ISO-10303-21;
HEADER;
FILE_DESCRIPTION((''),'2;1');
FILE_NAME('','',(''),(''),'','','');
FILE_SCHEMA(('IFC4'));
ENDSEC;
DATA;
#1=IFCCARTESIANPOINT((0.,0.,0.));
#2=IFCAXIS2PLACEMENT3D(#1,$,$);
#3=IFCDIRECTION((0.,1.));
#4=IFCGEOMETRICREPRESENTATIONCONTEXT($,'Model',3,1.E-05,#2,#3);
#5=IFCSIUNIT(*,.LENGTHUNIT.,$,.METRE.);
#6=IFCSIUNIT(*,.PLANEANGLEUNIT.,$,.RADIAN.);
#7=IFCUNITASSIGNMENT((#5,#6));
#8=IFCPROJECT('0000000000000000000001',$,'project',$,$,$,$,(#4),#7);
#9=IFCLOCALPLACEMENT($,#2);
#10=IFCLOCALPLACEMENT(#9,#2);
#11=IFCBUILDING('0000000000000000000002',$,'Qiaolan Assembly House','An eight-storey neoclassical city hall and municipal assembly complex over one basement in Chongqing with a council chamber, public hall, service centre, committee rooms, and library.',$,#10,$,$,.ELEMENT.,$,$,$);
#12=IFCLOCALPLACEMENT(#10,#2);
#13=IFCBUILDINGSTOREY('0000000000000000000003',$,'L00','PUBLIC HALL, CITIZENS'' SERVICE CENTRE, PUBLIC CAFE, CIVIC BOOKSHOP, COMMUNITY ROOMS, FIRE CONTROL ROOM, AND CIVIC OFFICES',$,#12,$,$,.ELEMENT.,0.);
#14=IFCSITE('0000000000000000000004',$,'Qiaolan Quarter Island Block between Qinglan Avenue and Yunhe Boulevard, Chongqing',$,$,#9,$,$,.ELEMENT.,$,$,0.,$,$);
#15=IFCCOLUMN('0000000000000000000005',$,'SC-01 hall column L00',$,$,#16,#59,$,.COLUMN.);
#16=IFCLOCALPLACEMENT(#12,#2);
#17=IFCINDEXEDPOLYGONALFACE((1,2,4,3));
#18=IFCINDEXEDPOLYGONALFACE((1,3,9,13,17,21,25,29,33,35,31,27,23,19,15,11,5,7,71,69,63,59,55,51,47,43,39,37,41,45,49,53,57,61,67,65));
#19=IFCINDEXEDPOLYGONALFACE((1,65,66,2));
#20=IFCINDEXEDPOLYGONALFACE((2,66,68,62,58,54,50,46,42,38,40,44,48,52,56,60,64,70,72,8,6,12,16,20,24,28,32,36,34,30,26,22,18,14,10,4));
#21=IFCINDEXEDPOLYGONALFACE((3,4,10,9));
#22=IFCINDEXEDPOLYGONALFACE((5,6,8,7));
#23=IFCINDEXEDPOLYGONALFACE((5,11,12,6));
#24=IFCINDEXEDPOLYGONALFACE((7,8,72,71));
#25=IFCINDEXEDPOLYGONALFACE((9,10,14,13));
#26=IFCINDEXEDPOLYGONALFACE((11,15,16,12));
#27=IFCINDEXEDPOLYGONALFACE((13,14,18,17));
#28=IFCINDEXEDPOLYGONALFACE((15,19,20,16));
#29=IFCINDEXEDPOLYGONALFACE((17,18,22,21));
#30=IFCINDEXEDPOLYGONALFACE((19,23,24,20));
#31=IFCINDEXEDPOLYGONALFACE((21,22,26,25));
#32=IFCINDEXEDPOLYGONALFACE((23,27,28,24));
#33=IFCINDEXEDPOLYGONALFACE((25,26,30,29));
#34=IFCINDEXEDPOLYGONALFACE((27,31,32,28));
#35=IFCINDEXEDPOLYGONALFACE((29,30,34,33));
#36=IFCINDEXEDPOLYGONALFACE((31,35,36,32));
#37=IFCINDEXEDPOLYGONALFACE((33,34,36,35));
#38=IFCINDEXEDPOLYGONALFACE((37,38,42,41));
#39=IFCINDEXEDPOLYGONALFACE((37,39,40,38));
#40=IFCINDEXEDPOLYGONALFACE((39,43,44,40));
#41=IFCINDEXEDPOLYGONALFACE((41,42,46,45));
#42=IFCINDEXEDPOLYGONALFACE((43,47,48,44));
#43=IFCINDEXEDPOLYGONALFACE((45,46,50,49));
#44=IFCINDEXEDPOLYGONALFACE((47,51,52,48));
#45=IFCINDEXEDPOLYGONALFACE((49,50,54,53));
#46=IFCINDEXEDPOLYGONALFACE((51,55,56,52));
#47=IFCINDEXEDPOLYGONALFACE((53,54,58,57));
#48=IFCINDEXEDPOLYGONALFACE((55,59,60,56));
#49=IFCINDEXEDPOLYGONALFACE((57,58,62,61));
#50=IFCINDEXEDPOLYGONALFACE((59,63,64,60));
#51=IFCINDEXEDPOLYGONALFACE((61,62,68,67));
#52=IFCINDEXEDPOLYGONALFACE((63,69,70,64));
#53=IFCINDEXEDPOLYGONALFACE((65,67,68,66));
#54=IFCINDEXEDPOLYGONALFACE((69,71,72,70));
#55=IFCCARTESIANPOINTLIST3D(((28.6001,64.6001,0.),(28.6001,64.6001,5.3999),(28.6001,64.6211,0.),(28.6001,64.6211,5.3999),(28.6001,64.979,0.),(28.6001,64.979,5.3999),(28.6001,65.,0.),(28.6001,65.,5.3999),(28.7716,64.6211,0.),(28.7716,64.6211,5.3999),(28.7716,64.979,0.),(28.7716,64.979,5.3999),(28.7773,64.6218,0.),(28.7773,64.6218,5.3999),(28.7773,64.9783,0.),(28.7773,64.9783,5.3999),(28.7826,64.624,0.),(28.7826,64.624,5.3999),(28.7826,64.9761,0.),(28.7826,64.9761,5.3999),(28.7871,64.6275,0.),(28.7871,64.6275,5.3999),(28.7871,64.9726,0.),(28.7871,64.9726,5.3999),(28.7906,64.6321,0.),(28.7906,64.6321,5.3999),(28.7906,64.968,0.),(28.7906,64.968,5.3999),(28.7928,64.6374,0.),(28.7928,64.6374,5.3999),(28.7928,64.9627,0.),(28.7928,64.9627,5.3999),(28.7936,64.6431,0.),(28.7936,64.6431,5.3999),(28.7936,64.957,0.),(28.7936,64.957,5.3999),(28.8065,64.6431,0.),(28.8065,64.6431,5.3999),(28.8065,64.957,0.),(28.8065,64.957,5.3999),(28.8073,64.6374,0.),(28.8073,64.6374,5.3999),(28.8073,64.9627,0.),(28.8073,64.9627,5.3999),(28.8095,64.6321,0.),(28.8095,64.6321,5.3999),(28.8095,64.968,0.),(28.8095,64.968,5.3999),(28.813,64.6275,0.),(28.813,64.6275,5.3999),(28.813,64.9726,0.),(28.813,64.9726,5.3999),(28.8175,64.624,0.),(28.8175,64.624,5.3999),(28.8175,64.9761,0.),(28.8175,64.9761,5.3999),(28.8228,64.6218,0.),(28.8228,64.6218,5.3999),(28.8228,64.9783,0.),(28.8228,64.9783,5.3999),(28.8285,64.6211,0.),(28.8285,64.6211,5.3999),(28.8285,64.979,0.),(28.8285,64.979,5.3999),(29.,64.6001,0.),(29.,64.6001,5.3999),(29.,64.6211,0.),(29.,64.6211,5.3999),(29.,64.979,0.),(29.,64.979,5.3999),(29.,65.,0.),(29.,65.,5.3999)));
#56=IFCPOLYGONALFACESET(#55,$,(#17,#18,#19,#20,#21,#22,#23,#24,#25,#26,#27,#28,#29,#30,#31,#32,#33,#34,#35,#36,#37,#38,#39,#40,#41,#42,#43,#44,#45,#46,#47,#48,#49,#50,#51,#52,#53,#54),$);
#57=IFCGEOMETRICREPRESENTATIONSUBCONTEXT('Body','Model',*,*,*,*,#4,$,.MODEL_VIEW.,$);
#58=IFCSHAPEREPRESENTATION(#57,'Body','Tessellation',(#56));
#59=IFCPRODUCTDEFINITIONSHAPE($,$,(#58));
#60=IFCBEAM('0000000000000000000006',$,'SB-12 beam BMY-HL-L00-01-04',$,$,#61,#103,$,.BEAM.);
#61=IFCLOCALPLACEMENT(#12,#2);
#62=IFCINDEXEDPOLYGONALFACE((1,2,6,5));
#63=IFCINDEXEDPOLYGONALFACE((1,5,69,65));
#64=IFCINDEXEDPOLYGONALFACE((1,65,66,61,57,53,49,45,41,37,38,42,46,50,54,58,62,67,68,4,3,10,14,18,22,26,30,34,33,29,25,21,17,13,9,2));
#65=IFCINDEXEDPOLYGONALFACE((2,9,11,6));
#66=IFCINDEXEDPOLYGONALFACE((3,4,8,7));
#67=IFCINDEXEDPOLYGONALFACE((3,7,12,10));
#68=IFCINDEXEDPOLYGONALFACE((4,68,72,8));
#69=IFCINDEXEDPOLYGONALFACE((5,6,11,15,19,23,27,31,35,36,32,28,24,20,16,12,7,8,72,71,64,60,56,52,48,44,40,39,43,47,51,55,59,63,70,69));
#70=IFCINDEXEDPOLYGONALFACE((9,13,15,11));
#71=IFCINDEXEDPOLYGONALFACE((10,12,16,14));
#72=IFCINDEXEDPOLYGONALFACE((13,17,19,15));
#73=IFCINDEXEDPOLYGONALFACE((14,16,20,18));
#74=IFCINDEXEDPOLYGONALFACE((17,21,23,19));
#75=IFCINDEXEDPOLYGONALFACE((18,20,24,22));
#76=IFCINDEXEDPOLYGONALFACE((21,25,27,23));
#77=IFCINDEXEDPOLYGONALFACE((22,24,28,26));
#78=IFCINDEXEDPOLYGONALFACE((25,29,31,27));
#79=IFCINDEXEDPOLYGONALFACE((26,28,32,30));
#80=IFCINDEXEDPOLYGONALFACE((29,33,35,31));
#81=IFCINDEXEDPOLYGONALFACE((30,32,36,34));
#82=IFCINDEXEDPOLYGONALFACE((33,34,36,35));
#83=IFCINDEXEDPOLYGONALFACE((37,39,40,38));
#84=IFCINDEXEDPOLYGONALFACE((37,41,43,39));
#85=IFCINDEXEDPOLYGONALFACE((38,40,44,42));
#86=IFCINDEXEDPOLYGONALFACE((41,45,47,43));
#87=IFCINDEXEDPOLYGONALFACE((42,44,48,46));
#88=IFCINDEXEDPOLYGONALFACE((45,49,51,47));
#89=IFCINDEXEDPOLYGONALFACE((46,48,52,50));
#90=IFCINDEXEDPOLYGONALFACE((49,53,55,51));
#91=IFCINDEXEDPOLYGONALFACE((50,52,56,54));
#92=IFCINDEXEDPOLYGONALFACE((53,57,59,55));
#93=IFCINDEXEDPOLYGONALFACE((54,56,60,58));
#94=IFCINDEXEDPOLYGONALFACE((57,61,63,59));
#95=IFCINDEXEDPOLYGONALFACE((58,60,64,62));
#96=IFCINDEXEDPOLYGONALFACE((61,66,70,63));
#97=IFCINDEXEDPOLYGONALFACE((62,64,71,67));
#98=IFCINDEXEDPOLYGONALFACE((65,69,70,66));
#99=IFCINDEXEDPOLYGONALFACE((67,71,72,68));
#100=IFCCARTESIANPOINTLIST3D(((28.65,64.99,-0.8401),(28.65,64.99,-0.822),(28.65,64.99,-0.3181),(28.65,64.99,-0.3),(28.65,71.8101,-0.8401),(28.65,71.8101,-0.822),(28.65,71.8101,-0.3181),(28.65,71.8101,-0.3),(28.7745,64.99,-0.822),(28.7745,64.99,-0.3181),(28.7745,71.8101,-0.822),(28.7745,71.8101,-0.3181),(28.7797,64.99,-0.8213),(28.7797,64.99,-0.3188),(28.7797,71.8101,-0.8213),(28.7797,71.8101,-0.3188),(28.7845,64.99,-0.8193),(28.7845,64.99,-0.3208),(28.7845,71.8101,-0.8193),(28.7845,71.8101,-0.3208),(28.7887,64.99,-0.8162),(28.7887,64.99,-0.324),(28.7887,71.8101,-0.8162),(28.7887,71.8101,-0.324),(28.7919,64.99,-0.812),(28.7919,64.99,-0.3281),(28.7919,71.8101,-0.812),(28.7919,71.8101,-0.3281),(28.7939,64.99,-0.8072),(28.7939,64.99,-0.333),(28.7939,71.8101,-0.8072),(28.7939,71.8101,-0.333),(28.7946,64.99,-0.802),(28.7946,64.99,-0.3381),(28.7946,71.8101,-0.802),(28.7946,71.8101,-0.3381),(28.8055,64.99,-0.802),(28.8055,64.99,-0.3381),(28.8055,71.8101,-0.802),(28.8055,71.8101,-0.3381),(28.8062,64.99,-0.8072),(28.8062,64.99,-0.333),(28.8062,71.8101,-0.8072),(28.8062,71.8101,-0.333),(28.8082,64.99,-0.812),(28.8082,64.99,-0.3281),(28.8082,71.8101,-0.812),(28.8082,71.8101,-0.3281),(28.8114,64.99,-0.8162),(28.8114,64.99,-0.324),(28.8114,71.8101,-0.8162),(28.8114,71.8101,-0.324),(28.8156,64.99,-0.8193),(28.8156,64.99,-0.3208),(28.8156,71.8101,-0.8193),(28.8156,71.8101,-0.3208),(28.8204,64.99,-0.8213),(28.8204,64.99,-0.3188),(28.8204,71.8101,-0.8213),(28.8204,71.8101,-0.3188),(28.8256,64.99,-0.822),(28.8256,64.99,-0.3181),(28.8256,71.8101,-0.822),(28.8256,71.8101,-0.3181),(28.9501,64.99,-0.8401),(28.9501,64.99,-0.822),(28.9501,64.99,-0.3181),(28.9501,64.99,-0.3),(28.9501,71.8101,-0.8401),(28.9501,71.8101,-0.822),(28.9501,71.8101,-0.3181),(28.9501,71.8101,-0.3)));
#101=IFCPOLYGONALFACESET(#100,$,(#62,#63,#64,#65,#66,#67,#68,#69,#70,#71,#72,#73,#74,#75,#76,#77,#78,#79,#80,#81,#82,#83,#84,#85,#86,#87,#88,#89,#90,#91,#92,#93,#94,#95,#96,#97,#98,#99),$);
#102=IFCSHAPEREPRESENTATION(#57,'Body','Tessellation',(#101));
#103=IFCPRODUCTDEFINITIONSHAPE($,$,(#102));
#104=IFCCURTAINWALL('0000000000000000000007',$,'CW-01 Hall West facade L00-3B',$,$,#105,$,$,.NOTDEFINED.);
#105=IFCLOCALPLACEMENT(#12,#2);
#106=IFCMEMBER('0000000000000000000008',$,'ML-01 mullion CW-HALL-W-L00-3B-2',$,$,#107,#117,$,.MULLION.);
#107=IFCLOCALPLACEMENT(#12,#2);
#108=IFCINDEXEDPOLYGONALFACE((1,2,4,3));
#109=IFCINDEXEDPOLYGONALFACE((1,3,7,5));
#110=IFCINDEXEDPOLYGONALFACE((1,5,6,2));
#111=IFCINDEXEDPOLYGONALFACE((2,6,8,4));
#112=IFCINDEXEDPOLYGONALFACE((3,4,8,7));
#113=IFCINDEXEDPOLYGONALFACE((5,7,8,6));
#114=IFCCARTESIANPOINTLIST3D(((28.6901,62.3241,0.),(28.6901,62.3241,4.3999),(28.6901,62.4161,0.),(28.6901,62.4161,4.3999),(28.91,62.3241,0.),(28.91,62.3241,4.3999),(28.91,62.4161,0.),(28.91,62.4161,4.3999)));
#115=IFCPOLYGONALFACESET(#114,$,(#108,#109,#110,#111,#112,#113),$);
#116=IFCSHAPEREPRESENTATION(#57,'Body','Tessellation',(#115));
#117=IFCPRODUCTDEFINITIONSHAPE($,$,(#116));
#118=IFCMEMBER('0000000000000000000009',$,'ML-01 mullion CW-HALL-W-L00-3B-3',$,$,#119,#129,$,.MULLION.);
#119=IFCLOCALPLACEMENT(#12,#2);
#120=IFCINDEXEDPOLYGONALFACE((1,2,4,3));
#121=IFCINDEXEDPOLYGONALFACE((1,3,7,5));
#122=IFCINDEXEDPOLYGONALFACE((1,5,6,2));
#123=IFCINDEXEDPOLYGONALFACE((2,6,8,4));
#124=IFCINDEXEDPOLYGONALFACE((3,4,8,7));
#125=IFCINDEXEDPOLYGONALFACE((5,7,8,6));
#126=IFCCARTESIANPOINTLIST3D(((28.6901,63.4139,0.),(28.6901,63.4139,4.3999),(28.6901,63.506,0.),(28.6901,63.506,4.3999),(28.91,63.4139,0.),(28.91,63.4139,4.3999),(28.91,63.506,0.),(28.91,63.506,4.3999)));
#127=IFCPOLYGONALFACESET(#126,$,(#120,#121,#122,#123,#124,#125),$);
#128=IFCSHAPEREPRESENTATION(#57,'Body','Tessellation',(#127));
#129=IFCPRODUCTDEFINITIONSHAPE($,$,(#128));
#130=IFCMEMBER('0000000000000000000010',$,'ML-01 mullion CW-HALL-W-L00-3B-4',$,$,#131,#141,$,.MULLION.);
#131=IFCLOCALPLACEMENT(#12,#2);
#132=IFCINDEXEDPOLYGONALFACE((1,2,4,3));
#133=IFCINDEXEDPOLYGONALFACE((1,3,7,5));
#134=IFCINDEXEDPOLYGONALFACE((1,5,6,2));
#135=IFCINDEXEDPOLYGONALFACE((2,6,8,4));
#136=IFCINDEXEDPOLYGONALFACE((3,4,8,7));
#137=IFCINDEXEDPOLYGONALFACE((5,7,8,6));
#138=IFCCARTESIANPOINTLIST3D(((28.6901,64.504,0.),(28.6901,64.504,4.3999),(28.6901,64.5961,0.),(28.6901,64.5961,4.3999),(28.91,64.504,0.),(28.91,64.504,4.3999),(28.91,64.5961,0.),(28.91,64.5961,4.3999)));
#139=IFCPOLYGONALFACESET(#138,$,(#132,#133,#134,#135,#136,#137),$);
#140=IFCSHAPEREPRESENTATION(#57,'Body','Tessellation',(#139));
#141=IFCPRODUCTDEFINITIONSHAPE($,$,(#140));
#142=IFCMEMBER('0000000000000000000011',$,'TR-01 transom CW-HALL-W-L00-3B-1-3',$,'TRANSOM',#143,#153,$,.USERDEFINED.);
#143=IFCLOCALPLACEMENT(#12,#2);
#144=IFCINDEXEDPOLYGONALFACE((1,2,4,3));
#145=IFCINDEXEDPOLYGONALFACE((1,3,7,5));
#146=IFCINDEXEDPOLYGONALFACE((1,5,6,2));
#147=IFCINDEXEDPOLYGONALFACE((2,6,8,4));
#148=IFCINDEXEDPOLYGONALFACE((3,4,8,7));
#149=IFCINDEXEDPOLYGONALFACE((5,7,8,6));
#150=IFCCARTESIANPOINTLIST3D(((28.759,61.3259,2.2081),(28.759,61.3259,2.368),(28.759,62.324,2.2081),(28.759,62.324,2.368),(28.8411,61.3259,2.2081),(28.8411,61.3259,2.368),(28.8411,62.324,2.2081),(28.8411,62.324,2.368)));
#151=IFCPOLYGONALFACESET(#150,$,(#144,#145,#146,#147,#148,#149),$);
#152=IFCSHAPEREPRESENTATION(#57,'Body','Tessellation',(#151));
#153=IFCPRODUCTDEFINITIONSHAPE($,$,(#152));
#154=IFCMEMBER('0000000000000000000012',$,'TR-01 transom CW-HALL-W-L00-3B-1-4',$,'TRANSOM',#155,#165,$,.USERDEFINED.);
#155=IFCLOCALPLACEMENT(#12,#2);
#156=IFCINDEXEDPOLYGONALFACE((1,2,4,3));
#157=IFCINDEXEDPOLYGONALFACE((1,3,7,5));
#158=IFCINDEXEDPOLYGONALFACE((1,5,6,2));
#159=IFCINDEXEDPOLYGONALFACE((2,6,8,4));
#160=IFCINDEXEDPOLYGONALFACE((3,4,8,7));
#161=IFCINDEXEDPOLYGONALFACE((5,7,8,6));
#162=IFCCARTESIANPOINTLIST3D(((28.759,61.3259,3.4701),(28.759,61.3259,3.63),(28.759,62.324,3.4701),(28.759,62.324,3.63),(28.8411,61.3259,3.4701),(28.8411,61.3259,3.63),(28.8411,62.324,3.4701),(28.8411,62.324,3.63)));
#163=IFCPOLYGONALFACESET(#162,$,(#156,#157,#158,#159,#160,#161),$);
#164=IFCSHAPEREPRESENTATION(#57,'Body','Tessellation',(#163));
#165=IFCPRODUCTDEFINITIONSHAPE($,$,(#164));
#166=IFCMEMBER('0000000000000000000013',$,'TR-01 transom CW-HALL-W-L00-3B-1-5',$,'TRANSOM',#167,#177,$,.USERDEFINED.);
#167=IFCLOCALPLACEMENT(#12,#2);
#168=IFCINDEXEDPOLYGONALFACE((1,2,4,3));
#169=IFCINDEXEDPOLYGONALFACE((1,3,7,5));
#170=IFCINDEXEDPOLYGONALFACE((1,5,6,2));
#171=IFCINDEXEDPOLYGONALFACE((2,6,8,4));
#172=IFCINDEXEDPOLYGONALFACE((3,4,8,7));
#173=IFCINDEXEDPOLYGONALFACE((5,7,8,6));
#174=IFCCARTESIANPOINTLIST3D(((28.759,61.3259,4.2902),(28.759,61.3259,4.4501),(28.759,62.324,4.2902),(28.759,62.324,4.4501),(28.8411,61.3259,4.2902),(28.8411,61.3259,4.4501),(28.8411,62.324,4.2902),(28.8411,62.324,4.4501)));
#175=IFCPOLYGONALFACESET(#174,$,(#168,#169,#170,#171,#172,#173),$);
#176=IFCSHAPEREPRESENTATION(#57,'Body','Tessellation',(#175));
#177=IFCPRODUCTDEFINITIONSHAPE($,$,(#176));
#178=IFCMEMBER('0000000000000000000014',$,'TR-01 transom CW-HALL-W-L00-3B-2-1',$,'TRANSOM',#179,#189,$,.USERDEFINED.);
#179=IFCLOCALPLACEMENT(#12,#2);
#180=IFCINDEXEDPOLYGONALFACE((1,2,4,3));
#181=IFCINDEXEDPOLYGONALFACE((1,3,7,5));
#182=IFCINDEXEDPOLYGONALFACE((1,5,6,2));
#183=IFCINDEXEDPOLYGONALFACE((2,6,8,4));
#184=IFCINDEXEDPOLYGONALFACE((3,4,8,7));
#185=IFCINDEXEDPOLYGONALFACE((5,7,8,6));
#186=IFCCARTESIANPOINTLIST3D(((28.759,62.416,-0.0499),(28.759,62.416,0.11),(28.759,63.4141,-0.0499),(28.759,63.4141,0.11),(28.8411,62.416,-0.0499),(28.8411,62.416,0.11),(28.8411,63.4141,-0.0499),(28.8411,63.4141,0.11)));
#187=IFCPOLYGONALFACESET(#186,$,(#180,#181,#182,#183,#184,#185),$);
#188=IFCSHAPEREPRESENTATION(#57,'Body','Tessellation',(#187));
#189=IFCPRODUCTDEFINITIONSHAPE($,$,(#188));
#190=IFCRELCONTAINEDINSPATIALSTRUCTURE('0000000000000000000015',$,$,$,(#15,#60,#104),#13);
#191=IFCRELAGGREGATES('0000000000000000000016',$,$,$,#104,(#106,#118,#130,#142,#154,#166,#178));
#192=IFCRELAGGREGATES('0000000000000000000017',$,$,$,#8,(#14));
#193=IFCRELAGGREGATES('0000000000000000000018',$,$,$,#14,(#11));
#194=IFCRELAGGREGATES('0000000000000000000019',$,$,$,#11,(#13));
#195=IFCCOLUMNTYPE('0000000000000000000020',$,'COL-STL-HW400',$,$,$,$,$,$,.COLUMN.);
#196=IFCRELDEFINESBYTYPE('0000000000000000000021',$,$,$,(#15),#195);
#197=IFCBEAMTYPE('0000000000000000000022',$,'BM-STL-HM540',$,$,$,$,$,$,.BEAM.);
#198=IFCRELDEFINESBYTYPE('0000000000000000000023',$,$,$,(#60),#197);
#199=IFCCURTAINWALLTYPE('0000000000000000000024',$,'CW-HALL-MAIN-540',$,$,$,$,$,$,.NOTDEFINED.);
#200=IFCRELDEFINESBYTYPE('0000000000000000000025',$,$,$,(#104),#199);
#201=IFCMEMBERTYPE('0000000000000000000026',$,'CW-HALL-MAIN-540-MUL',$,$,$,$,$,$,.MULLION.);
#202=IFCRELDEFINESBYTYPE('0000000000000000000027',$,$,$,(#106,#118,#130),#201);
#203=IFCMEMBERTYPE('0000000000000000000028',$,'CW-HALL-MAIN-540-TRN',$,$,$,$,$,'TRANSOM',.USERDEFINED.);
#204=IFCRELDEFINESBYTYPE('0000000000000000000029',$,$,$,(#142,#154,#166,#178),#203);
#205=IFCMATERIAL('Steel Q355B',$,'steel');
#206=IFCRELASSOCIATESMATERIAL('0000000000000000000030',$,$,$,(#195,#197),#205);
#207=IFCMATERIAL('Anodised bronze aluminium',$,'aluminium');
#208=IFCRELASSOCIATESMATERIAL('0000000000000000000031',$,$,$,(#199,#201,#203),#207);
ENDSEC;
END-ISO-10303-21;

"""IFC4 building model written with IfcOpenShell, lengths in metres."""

from ifc_helpers import new_model, si_unit, direction, frame, origin, origin_2d, place, context, subcontext, project, spatial, rectangle, i_section, extrude, material, material_profile, profile_set, type_object, element, aggregate, save


model = new_model("IFC4")

# Units and contexts
model_context = context("Model", 3, precision=1e-05, world=origin(), true_north=direction((0.0, 1.0)))
body_context = subcontext(model_context, "Body", "Model", "MODEL_VIEW")
ifc_project = project(units=[si_unit("LENGTHUNIT", "METRE"), si_unit("PLANEANGLEUNIT", "RADIAN")], contexts=[model_context])

# Site, building, storey
site_placement = place(None, origin())
site = spatial("IfcSite", under=ifc_project, at=site_placement, Name="Qiaolan Quarter Island Block between Qinglan Avenue and Yunhe Boulevard, Chongqing", CompositionType="ELEMENT", RefElevation=0.0)
building_placement = place(site_placement, origin())
building = spatial("IfcBuilding", under=site, at=building_placement, Name="Qiaolan Assembly House", Description="An eight-storey neoclassical city hall and municipal assembly complex over one basement in Chongqing with a council chamber, public hall, service centre, committee rooms, and library.", CompositionType="ELEMENT")
storey_placement = place(building_placement, origin())
storey = spatial("IfcBuildingStorey", under=building, at=storey_placement, Name="L00", Description="PUBLIC HALL, CITIZENS' SERVICE CENTRE, PUBLIC CAFE, CIVIC BOOKSHOP, COMMUNITY ROOMS, FIRE CONTROL ROOM, AND CIVIC OFFICES", CompositionType="ELEMENT", Elevation=0.0)

# Column
ifc_material_1 = material(Name="Steel Q355B", Category="steel")
ifc_material_profile_1 = material_profile(ifc_material_1, i_section(OverallWidth=0.3999, OverallDepth=0.3999, WebThickness=0.0129, FlangeThickness=0.021, FilletRadius=0.022, at=origin_2d()), Name="HW 400x400x13x21")
ifc_profile_set_1 = profile_set([ifc_material_profile_1], Name="Steel Q355B")
column_type = type_object("IfcColumnType", Name="COL-STL-HW400", PredefinedType="COLUMN", material=ifc_profile_set_1)
column_placement = place(storey_placement, frame((28.8, 64.8, 0.0), z_axis=(0.0, 0.0, 1.0), x_axis=(1.0, 0.0, 0.0)))
element("IfcColumn", 1, at=column_placement, inside=storey, type_object=column_type, Name="SC-01 hall column L00", PredefinedType="COLUMN", context=body_context, shape_type="SweptSolid", body=[
    extrude(i_section(OverallWidth=0.3999, OverallDepth=0.3999, WebThickness=0.0129, FlangeThickness=0.021, FilletRadius=0.022, at=origin_2d()), origin(), (0.0, 0.0, 1.0), 5.3999),
])

# Beam
ifc_material_profile_2 = material_profile(ifc_material_1, i_section(OverallWidth=0.3, OverallDepth=0.54, WebThickness=0.011, FlangeThickness=0.0181, FilletRadius=0.02, at=origin_2d()), Name="HM 540x300x11x18")
ifc_profile_set_2 = profile_set([ifc_material_profile_2], Name="Steel Q355B")
beam_type = type_object("IfcBeamType", Name="BM-STL-HM540", PredefinedType="BEAM", material=ifc_profile_set_2)
beam_placement = place(storey_placement, frame((28.8, 64.99, -0.5701), z_axis=(0.0, 1.0, 0.0), x_axis=(-1.0, 0.0, 0.0)))
element("IfcBeam", 2, at=beam_placement, inside=storey, type_object=beam_type, Name="SB-12 beam BMY-HL-L00-01-04", PredefinedType="BEAM", context=body_context, shape_type="SweptSolid", body=[
    extrude(i_section(OverallWidth=0.3, OverallDepth=0.54, WebThickness=0.011, FlangeThickness=0.0181, FilletRadius=0.02, at=origin_2d()), origin(), (0.0, 0.0, 1.0), 6.8201),
])

# Curtain wall, members
ifc_material_2 = material(Name="Anodised bronze aluminium", Category="aluminium")
curtain_wall_type = type_object("IfcCurtainWallType", Name="CW-HALL-MAIN-540", PredefinedType="NOTDEFINED", material=ifc_material_2)
curtain_wall_placement = place(storey_placement, origin())
curtain_wall = element("IfcCurtainWall", 3, at=curtain_wall_placement, inside=storey, type_object=curtain_wall_type, Name="CW-01 Hall West facade L00-3B", PredefinedType="NOTDEFINED")
ifc_material_profile_3 = material_profile(ifc_material_2, rectangle(XDim=0.092, YDim=0.22, at=origin_2d()), Name="MUL 92x220")
ifc_profile_set_3 = profile_set([ifc_material_profile_3], Name="Anodised bronze aluminium")
member_type_1 = type_object("IfcMemberType", Name="CW-HALL-MAIN-540-MUL", PredefinedType="MULLION", material=ifc_profile_set_3)
member_1_placement = place(storey_placement, frame((28.8, 62.3701, 0.0), z_axis=(0.0, 0.0, 1.0), x_axis=(0.0, 1.0, 0.0)))
member_1 = element("IfcMember", 4, at=member_1_placement, type_object=member_type_1, Name="ML-01 mullion CW-HALL-W-L00-3B-2", PredefinedType="MULLION", context=body_context, shape_type="SweptSolid", body=[
    extrude(rectangle(XDim=0.092, YDim=0.22, at=origin_2d()), origin(), (0.0, 0.0, 1.0), 4.3999),
])
member_2_placement = place(storey_placement, frame((28.8, 63.46, 0.0), z_axis=(0.0, 0.0, 1.0), x_axis=(0.0, 1.0, 0.0)))
member_2 = element("IfcMember", 5, at=member_2_placement, type_object=member_type_1, Name="ML-01 mullion CW-HALL-W-L00-3B-3", PredefinedType="MULLION", context=body_context, shape_type="SweptSolid", body=[
    extrude(rectangle(XDim=0.092, YDim=0.22, at=origin_2d()), origin(), (0.0, 0.0, 1.0), 4.3999),
])
member_3_placement = place(storey_placement, frame((28.8, 64.55, 0.0), z_axis=(0.0, 0.0, 1.0), x_axis=(0.0, 1.0, 0.0)))
member_3 = element("IfcMember", 6, at=member_3_placement, type_object=member_type_1, Name="ML-01 mullion CW-HALL-W-L00-3B-4", PredefinedType="MULLION", context=body_context, shape_type="SweptSolid", body=[
    extrude(rectangle(XDim=0.092, YDim=0.22, at=origin_2d()), origin(), (0.0, 0.0, 1.0), 4.3999),
])
ifc_material_profile_4 = material_profile(ifc_material_2, rectangle(XDim=0.082, YDim=0.1599, at=origin_2d()), Name="TRN 82x160")
ifc_profile_set_4 = profile_set([ifc_material_profile_4], Name="Anodised bronze aluminium")
member_type_2 = type_object("IfcMemberType", Name="CW-HALL-MAIN-540-TRN", ElementType="TRANSOM", PredefinedType="USERDEFINED", material=ifc_profile_set_4)
member_4_placement = place(storey_placement, frame((28.8, 61.3259, 2.2881), z_axis=(0.0, 1.0, 0.0), x_axis=(-1.0, 0.0, 0.0)))
member_4 = element("IfcMember", 7, at=member_4_placement, type_object=member_type_2, Name="TR-01 transom CW-HALL-W-L00-3B-1-3", ObjectType="TRANSOM", PredefinedType="USERDEFINED", context=body_context, shape_type="SweptSolid", body=[
    extrude(rectangle(XDim=0.082, YDim=0.1599, at=origin_2d()), origin(), (0.0, 0.0, 1.0), 0.998),
])
member_5_placement = place(storey_placement, frame((28.8, 61.3259, 3.55), z_axis=(0.0, 1.0, 0.0), x_axis=(-1.0, 0.0, 0.0)))
member_5 = element("IfcMember", 8, at=member_5_placement, type_object=member_type_2, Name="TR-01 transom CW-HALL-W-L00-3B-1-4", ObjectType="TRANSOM", PredefinedType="USERDEFINED", context=body_context, shape_type="SweptSolid", body=[
    extrude(rectangle(XDim=0.082, YDim=0.1599, at=origin_2d()), origin(), (0.0, 0.0, 1.0), 0.998),
])
member_6_placement = place(storey_placement, frame((28.8, 61.3259, 4.3701), z_axis=(0.0, 1.0, 0.0), x_axis=(-1.0, 0.0, 0.0)))
member_6 = element("IfcMember", 9, at=member_6_placement, type_object=member_type_2, Name="TR-01 transom CW-HALL-W-L00-3B-1-5", ObjectType="TRANSOM", PredefinedType="USERDEFINED", context=body_context, shape_type="SweptSolid", body=[
    extrude(rectangle(XDim=0.082, YDim=0.1599, at=origin_2d()), origin(), (0.0, 0.0, 1.0), 0.998),
])
member_7_placement = place(storey_placement, frame((28.8, 62.416, 0.03), z_axis=(0.0, 1.0, 0.0), x_axis=(-1.0, 0.0, 0.0)))
member_7 = element("IfcMember", 10, at=member_7_placement, type_object=member_type_2, Name="TR-01 transom CW-HALL-W-L00-3B-2-1", ObjectType="TRANSOM", PredefinedType="USERDEFINED", context=body_context, shape_type="SweptSolid", body=[
    extrude(rectangle(XDim=0.082, YDim=0.1599, at=origin_2d()), origin(), (0.0, 0.0, 1.0), 0.998),
])
aggregate(curtain_wall, [member_1, member_2, member_3, member_4, member_5, member_6, member_7])

save(model, "model.ifc")
